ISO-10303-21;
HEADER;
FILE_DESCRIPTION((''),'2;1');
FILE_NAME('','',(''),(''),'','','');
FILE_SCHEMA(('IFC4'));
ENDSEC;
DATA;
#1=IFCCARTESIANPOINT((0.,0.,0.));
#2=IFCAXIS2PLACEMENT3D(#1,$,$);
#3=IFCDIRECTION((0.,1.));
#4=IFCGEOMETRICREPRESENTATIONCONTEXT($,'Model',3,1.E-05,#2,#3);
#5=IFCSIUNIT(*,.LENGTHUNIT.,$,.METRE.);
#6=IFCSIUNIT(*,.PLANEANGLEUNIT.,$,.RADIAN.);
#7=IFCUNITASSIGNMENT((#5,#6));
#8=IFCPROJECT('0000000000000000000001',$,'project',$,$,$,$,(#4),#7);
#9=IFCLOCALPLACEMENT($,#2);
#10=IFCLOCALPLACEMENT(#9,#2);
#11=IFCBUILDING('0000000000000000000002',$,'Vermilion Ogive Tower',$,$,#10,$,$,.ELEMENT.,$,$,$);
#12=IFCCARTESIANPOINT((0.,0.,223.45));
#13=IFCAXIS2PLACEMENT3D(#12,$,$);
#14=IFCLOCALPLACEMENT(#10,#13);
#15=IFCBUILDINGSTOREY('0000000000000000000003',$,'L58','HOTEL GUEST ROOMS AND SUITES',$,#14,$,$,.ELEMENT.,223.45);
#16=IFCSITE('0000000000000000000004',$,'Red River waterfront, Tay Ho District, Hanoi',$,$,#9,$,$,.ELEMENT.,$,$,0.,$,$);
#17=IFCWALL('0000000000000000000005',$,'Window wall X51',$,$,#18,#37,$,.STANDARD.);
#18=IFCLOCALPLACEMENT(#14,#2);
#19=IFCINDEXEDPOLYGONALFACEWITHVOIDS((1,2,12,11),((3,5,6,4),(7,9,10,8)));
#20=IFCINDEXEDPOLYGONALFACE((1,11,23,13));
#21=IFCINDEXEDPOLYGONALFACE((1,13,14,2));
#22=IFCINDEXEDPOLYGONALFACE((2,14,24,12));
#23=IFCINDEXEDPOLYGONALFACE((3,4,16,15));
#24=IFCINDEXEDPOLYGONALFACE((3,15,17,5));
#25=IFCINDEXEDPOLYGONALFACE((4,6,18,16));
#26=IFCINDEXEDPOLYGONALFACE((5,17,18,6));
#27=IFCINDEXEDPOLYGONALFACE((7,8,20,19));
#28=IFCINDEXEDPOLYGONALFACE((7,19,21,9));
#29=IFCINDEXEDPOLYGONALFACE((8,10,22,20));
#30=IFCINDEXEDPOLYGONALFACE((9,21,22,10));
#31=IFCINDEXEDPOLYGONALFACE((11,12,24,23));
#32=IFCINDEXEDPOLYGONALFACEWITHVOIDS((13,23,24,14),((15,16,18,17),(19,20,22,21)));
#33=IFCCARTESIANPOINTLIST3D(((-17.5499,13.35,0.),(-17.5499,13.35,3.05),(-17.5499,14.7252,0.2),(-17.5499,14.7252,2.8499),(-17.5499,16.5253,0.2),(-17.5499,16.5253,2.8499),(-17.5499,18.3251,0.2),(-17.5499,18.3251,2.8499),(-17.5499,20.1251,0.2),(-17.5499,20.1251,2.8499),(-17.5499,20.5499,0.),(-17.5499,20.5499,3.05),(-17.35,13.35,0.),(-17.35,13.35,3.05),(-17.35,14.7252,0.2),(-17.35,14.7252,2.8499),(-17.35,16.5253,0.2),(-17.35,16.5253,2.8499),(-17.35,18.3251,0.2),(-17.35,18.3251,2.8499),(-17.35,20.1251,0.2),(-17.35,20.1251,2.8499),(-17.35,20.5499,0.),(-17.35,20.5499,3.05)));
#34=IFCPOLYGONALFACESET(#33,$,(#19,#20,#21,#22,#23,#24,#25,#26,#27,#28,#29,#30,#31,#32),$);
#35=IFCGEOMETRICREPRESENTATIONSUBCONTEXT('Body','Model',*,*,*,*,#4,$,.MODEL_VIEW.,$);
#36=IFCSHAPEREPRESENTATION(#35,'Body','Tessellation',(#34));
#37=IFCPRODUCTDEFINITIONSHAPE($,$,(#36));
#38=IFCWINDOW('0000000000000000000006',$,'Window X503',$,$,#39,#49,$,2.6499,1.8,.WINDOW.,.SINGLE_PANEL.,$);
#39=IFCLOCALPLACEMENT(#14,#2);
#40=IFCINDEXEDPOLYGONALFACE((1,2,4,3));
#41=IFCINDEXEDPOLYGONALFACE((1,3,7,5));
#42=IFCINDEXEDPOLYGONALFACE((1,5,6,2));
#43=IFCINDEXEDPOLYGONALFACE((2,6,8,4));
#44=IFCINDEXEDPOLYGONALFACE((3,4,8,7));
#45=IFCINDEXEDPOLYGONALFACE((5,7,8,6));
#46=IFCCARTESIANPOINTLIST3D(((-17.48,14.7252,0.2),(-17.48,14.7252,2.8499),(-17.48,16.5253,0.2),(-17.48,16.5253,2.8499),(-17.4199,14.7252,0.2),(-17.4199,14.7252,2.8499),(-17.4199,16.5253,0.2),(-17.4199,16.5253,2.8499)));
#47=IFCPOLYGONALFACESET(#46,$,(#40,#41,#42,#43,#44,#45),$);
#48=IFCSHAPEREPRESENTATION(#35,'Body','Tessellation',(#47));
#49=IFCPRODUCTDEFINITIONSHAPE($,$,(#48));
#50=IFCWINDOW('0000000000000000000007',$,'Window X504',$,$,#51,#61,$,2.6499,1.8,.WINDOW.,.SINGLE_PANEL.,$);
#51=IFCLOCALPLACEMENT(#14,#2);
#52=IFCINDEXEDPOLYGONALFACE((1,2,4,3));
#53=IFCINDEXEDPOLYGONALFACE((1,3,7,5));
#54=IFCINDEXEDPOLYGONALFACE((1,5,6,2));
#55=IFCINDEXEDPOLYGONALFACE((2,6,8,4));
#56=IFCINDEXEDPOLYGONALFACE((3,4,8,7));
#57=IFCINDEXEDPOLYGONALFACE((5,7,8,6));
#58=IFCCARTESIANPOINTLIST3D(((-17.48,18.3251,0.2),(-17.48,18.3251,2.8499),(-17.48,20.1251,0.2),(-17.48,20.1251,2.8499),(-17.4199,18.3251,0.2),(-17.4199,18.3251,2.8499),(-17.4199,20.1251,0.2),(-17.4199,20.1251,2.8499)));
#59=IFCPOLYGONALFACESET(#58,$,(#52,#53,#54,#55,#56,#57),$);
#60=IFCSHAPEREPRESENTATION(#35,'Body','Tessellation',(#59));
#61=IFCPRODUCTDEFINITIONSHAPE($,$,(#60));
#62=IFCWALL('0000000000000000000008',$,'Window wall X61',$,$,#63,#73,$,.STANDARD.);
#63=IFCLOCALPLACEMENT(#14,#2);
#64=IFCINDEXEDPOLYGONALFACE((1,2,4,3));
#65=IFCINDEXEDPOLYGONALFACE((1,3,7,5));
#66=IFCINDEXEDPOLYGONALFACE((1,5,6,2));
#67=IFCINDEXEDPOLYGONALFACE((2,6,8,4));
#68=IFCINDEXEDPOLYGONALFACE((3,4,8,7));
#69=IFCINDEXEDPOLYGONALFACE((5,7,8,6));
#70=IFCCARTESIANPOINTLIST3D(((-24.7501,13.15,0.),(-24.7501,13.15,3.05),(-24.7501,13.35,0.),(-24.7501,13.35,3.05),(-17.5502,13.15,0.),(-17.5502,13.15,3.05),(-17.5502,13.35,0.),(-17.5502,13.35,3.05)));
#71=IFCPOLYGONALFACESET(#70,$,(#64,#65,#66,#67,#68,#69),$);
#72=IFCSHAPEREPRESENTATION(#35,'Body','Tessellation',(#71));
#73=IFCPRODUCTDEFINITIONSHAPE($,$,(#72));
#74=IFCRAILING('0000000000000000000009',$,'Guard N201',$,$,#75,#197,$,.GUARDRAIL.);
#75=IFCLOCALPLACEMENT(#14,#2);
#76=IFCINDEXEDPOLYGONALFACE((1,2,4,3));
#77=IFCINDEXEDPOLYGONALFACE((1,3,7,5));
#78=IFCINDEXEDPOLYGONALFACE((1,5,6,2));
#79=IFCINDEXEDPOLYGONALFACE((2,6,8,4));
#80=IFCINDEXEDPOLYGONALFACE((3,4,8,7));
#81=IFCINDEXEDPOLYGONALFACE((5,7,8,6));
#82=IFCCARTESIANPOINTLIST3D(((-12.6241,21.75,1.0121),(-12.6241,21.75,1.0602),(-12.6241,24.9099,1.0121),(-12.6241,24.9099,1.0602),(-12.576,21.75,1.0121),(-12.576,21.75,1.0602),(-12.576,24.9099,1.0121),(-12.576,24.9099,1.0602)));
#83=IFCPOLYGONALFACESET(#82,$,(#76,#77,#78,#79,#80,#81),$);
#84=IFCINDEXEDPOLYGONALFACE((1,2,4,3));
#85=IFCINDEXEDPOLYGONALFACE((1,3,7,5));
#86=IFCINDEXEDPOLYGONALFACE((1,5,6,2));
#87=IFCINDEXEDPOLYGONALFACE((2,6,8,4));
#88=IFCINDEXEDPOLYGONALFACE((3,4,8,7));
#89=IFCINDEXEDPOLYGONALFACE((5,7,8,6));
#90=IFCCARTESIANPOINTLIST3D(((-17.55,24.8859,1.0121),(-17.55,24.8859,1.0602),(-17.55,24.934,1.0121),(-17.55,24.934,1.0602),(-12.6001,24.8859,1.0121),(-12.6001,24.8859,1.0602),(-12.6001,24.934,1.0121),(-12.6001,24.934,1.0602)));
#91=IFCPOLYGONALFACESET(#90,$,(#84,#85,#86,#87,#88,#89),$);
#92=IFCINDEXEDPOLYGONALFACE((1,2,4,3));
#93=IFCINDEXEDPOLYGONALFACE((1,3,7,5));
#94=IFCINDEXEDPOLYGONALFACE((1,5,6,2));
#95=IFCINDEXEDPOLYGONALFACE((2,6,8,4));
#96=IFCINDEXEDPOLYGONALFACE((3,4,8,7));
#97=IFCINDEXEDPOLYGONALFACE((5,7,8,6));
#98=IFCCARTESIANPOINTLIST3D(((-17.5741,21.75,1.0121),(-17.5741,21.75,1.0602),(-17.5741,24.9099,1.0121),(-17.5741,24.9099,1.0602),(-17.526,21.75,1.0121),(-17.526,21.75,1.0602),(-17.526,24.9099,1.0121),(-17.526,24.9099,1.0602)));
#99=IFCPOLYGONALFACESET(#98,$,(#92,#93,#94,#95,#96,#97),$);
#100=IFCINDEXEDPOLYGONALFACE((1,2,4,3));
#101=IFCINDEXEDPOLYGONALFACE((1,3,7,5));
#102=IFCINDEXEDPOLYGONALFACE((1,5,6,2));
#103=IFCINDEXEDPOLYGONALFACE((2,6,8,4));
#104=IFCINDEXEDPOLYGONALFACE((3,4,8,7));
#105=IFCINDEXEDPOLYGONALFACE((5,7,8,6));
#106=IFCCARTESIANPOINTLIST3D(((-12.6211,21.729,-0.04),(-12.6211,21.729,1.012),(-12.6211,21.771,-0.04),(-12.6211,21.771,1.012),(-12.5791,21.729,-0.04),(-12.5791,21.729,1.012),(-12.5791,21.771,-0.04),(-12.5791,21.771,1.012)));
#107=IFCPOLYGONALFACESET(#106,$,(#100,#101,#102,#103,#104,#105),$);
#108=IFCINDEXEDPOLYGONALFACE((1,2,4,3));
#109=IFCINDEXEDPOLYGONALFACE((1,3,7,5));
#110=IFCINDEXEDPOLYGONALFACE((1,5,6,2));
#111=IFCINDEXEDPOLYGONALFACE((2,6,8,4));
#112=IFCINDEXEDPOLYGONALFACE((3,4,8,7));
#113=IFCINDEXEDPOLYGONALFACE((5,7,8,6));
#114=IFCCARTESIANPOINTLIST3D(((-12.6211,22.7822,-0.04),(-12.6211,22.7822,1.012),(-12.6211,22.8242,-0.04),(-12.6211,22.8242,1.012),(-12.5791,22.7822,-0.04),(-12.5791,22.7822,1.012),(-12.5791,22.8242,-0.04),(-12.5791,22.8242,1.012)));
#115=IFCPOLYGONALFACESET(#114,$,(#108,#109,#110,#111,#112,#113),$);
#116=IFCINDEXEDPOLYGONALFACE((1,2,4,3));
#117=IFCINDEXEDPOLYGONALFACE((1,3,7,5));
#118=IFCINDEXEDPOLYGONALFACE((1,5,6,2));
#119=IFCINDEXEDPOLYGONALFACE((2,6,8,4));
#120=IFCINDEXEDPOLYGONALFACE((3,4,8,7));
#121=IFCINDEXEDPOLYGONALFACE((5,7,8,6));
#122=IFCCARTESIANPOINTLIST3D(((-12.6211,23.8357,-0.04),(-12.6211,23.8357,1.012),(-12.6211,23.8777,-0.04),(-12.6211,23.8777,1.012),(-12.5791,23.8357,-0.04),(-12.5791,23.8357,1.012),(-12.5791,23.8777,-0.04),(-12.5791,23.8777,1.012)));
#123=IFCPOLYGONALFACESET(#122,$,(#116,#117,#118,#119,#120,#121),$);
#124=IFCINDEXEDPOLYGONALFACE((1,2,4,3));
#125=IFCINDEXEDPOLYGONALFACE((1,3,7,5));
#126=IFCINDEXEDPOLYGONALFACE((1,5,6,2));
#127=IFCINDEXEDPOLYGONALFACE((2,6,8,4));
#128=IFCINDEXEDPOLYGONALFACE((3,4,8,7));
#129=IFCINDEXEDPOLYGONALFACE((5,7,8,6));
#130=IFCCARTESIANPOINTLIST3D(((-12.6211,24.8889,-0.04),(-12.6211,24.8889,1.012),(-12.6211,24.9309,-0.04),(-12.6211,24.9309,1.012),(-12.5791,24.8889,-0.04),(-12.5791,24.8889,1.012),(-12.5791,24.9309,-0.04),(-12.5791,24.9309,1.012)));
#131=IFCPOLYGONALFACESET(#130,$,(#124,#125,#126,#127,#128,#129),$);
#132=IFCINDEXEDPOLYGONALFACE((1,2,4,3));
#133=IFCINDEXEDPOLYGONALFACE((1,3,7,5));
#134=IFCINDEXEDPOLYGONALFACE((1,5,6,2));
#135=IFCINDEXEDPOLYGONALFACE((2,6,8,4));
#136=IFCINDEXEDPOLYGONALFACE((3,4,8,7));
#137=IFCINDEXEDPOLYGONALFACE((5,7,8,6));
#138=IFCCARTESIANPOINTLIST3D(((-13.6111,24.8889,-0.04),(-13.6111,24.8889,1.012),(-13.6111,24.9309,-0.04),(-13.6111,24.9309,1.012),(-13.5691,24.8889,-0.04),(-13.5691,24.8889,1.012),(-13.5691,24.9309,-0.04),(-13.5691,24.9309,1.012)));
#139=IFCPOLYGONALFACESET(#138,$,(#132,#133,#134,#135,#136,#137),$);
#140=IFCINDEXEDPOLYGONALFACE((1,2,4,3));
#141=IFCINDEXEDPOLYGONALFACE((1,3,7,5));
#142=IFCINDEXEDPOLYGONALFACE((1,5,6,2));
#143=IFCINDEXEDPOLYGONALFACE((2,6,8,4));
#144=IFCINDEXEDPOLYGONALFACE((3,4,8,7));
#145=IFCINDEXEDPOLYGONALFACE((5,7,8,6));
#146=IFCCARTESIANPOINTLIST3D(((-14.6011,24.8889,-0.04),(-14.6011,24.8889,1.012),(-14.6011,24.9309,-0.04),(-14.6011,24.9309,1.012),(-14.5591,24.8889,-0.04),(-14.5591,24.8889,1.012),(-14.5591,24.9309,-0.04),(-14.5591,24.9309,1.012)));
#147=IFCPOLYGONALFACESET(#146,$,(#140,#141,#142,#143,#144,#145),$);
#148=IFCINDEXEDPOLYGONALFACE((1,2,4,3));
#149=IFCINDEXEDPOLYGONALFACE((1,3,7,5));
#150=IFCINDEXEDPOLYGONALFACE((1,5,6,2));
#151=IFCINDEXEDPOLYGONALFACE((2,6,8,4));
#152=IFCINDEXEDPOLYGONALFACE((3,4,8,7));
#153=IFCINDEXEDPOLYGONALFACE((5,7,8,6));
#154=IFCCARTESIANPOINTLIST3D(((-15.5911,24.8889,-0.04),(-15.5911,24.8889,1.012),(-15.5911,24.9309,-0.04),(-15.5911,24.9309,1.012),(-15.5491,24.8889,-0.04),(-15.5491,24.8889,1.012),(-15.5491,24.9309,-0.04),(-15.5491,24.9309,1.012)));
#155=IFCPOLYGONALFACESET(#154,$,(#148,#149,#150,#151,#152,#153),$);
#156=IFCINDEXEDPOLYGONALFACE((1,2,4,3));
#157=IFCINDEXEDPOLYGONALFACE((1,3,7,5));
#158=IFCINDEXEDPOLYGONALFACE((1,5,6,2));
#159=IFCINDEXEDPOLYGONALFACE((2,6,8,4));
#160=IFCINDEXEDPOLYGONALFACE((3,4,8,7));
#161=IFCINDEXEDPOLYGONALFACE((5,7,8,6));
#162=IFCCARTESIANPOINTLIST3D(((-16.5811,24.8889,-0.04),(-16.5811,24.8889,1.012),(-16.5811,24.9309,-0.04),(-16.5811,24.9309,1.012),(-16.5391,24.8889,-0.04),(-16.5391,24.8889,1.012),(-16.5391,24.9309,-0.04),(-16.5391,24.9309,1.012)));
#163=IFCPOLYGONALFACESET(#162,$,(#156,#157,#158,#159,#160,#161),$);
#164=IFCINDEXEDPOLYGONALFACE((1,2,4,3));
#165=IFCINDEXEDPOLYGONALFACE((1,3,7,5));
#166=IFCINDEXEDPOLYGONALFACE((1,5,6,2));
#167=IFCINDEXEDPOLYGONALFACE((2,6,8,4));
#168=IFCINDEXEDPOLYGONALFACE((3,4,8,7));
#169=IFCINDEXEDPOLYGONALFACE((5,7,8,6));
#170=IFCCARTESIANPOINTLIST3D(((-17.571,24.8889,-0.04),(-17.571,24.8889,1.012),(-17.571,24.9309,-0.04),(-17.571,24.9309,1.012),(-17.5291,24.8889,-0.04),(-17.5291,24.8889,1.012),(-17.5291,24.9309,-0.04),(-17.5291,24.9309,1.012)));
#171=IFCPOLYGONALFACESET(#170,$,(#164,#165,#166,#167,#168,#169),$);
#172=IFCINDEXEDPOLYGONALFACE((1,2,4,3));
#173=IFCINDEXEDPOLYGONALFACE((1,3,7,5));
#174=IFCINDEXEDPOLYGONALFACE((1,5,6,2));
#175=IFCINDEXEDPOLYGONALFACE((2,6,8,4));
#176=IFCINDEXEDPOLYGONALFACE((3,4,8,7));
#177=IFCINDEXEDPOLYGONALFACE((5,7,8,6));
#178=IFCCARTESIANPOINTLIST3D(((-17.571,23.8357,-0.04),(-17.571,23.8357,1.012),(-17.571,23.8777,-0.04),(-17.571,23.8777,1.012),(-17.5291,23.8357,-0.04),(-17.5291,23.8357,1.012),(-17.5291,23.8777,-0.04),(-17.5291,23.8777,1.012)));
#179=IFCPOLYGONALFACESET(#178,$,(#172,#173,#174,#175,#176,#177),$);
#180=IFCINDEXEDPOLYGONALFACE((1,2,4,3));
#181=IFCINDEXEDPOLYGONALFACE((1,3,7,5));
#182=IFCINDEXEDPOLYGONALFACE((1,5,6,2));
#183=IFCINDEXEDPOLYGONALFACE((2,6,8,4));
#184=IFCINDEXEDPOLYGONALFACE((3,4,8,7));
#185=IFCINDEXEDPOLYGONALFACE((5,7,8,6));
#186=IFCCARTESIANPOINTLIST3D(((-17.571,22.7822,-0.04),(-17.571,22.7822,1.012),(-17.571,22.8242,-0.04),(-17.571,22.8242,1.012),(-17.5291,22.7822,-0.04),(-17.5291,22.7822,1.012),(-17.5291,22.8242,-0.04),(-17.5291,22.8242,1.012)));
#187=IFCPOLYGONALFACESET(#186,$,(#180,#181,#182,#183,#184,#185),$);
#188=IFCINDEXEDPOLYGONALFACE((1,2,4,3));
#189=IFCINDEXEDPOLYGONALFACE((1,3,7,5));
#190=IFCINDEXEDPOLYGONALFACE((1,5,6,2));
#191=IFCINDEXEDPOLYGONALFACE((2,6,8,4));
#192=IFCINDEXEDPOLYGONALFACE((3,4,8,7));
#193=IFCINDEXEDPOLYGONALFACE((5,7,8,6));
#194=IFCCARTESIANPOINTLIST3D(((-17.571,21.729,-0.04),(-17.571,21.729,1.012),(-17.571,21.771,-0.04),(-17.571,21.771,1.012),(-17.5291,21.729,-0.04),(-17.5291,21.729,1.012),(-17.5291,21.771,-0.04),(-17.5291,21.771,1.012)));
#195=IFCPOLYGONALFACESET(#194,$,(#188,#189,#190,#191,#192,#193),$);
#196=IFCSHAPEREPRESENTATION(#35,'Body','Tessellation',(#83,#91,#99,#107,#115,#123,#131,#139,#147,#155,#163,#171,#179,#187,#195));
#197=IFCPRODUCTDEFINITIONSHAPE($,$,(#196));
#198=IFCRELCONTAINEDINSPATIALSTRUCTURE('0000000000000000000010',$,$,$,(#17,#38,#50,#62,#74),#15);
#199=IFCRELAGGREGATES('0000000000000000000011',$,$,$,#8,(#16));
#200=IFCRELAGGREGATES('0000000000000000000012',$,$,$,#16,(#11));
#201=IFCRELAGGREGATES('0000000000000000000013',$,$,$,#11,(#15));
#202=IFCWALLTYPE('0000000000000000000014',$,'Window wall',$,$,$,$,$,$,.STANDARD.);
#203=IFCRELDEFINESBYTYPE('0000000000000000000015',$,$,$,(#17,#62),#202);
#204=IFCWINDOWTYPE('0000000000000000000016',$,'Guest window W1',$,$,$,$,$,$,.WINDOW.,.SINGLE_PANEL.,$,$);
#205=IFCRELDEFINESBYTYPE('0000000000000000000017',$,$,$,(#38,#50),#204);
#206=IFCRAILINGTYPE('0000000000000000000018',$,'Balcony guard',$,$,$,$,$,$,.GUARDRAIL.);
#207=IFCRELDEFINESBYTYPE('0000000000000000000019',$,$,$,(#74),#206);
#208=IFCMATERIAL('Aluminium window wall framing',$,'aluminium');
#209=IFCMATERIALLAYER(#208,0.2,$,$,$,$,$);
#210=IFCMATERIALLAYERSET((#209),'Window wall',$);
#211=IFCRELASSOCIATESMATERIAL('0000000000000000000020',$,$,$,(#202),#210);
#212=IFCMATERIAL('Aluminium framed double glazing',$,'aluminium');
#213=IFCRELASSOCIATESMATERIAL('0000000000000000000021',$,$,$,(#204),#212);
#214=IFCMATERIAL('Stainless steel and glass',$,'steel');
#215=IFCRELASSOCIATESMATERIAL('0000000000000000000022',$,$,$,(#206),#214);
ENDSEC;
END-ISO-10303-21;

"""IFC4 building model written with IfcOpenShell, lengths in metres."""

from ifc_helpers import new_model, si_unit, direction, frame, frame_2d, origin, origin_2d, place, context, subcontext, project, spatial, rectangle, extrude, material, layer, layer_set, type_object, element, fill, save


model = new_model("IFC4")

# Units and contexts
model_context = context("Model", 3, precision=1e-05, world=origin(), true_north=direction((0.0, 1.0)))
body_context = subcontext(model_context, "Body", "Model", "MODEL_VIEW")
ifc_project = project(units=[si_unit("LENGTHUNIT", "METRE"), si_unit("PLANEANGLEUNIT", "RADIAN")], contexts=[model_context])

# Site, building, storey
site_placement = place(None, origin())
site = spatial("IfcSite", under=ifc_project, at=site_placement, Name="Red River waterfront, Tay Ho District, Hanoi", CompositionType="ELEMENT", RefElevation=0.0)
building_placement = place(site_placement, origin())
building = spatial("IfcBuilding", under=site, at=building_placement, Name="Vermilion Ogive Tower", CompositionType="ELEMENT")
storey_placement = place(building_placement, frame((0.0, 0.0, 223.45)))
storey = spatial("IfcBuildingStorey", under=building, at=storey_placement, Name="L58", Description="HOTEL GUEST ROOMS AND SUITES", CompositionType="ELEMENT", Elevation=223.45)

# Shared definitions
ifc_material_1 = material(Name="Aluminium window wall framing", Category="aluminium")
ifc_layer_1 = layer(ifc_material_1, 0.2)
ifc_layer_set_1 = layer_set([ifc_layer_1], Name="Window wall")
wall_type_1 = type_object("IfcWallType", Name="Window wall", PredefinedType="STANDARD", material=ifc_layer_set_1)
ifc_material_2 = material(Name="Aluminium framed double glazing", Category="aluminium")
window_type = type_object("IfcWindowType", Name="Guest window W1", PartitioningType="SINGLE_PANEL", PredefinedType="WINDOW", material=ifc_material_2)

# Wall, openings, windows
wall_1_placement = place(storey_placement, frame((-17.45, 20.55, 0.0), z_axis=(0.0, 0.0, 1.0), x_axis=(0.0, -1.0, 0.0)))
wall_1 = element("IfcWall", 1, at=wall_1_placement, inside=storey, type_object=wall_type_1, Name="Window wall X51", PredefinedType="STANDARD", context=body_context, shape_type="SweptSolid", body=[
    extrude(rectangle(XDim=7.2, YDim=0.2, at=frame_2d((3.6001, 0.0))), origin(), (0.0, 0.0, 1.0), 3.05),
])
opening_1_placement = place(wall_1_placement, frame((4.0249, 0.0, 0.2)))
opening_1 = element("IfcOpeningElement", 2, at=opening_1_placement, cuts=wall_1, PredefinedType="OPENING", context=body_context, shape_type="SweptSolid", body=[
    extrude(rectangle(XDim=1.8, YDim=2.6499, at=frame_2d((0.8999, 1.325))), frame((0.0, 0.1099, 0.0), z_axis=(0.0, -1.0, 0.0), x_axis=(1.0, 0.0, 0.0)), (0.0, 0.0, 1.0), 0.22),
])
opening_2_placement = place(wall_1_placement, frame((0.425, 0.0, 0.2)))
opening_2 = element("IfcOpeningElement", 3, at=opening_2_placement, cuts=wall_1, PredefinedType="OPENING", context=body_context, shape_type="SweptSolid", body=[
    extrude(rectangle(XDim=1.8, YDim=2.6499, at=frame_2d((0.8999, 1.325))), frame((0.0, 0.1099, 0.0), z_axis=(0.0, -1.0, 0.0), x_axis=(1.0, 0.0, 0.0)), (0.0, 0.0, 1.0), 0.22),
])
window_1_placement = place(opening_1_placement, origin())
window_1 = element("IfcWindow", 4, at=window_1_placement, inside=storey, type_object=window_type, Name="Window X503", OverallHeight=2.6499, OverallWidth=1.8, PartitioningType="SINGLE_PANEL", PredefinedType="WINDOW", context=body_context, shape_type="SweptSolid", body=[
    extrude(rectangle(XDim=1.8, YDim=2.6499, at=frame_2d((0.8999, 1.325))), frame((0.0, 0.03, 0.0), z_axis=(0.0, -1.0, 0.0), x_axis=(1.0, 0.0, 0.0)), (0.0, 0.0, 1.0), 0.0601),
])
fill(opening_1, window_1)
window_2_placement = place(opening_2_placement, origin())
window_2 = element("IfcWindow", 5, at=window_2_placement, inside=storey, type_object=window_type, Name="Window X504", OverallHeight=2.6499, OverallWidth=1.8, PartitioningType="SINGLE_PANEL", PredefinedType="WINDOW", context=body_context, shape_type="SweptSolid", body=[
    extrude(rectangle(XDim=1.8, YDim=2.6499, at=frame_2d((0.8999, 1.325))), frame((0.0, 0.03, 0.0), z_axis=(0.0, -1.0, 0.0), x_axis=(1.0, 0.0, 0.0)), (0.0, 0.0, 1.0), 0.0601),
])
fill(opening_2, window_2)

# Wall
wall_2_placement = place(storey_placement, frame((-17.55, 13.25, 0.0), z_axis=(0.0, 0.0, 1.0), x_axis=(-1.0, 0.0, 0.0)))
element("IfcWall", 6, at=wall_2_placement, inside=storey, type_object=wall_type_1, Name="Window wall X61", PredefinedType="STANDARD", context=body_context, shape_type="SweptSolid", body=[
    extrude(rectangle(XDim=7.2, YDim=0.2, at=frame_2d((3.6001, 0.0))), origin(), (0.0, 0.0, 1.0), 3.05),
])

# Railing
ifc_material_3 = material(Name="Stainless steel and glass", Category="steel")
railing_type = type_object("IfcRailingType", Name="Balcony guard", PredefinedType="GUARDRAIL", material=ifc_material_3)
railing_placement = place(storey_placement, frame((-12.6001, 21.75, -0.04)))
element("IfcRailing", 7, at=railing_placement, inside=storey, type_object=railing_type, Name="Guard N201", PredefinedType="GUARDRAIL", context=body_context, shape_type="SweptSolid", body=[
    extrude(rectangle(XDim=0.0481, YDim=0.0481, at=origin_2d()), frame((0.0, 0.0, 1.0762), z_axis=(0.0, 1.0, 0.0), x_axis=(-1.0, 0.0, 0.0)), (0.0, 0.0, 1.0), 3.1599),
    extrude(rectangle(XDim=0.0481, YDim=0.0481, at=origin_2d()), frame((0.0, 3.1599, 1.0762), z_axis=(-1.0, 0.0, 0.0), x_axis=(0.0, -1.0, 0.0)), (0.0, 0.0, 1.0), 4.95),
    extrude(rectangle(XDim=0.0481, YDim=0.0481, at=origin_2d()), frame((-4.95, 3.1599, 1.0762), z_axis=(0.0, -1.0, 0.0), x_axis=(1.0, 0.0, 0.0)), (0.0, 0.0, 1.0), 3.1599),
    extrude(rectangle(XDim=0.042, YDim=0.042, at=origin_2d()), origin(), (0.0, 0.0, 1.0), 1.052),
    extrude(rectangle(XDim=0.042, YDim=0.042, at=origin_2d()), frame((0.0, 1.0532, 0.0)), (0.0, 0.0, 1.0), 1.052),
    extrude(rectangle(XDim=0.042, YDim=0.042, at=origin_2d()), frame((0.0, 2.1067, 0.0)), (0.0, 0.0, 1.0), 1.052),
    extrude(rectangle(XDim=0.042, YDim=0.042, at=origin_2d()), frame((0.0, 3.1599, 0.0)), (0.0, 0.0, 1.0), 1.052),
    extrude(rectangle(XDim=0.042, YDim=0.042, at=origin_2d()), frame((-0.99, 3.1599, 0.0)), (0.0, 0.0, 1.0), 1.052),
    extrude(rectangle(XDim=0.042, YDim=0.042, at=origin_2d()), frame((-1.98, 3.1599, 0.0)), (0.0, 0.0, 1.0), 1.052),
    extrude(rectangle(XDim=0.042, YDim=0.042, at=origin_2d()), frame((-2.97, 3.1599, 0.0)), (0.0, 0.0, 1.0), 1.052),
    extrude(rectangle(XDim=0.042, YDim=0.042, at=origin_2d()), frame((-3.96, 3.1599, 0.0)), (0.0, 0.0, 1.0), 1.052),
    extrude(rectangle(XDim=0.042, YDim=0.042, at=origin_2d()), frame((-4.95, 3.1599, 0.0)), (0.0, 0.0, 1.0), 1.052),
    extrude(rectangle(XDim=0.042, YDim=0.042, at=origin_2d()), frame((-4.95, 2.1067, 0.0)), (0.0, 0.0, 1.0), 1.052),
    extrude(rectangle(XDim=0.042, YDim=0.042, at=origin_2d()), frame((-4.95, 1.0532, 0.0)), (0.0, 0.0, 1.0), 1.052),
    extrude(rectangle(XDim=0.042, YDim=0.042, at=origin_2d()), frame((-4.95, 0.0, 0.0)), (0.0, 0.0, 1.0), 1.052),
])

save(model, "model.ifc")
